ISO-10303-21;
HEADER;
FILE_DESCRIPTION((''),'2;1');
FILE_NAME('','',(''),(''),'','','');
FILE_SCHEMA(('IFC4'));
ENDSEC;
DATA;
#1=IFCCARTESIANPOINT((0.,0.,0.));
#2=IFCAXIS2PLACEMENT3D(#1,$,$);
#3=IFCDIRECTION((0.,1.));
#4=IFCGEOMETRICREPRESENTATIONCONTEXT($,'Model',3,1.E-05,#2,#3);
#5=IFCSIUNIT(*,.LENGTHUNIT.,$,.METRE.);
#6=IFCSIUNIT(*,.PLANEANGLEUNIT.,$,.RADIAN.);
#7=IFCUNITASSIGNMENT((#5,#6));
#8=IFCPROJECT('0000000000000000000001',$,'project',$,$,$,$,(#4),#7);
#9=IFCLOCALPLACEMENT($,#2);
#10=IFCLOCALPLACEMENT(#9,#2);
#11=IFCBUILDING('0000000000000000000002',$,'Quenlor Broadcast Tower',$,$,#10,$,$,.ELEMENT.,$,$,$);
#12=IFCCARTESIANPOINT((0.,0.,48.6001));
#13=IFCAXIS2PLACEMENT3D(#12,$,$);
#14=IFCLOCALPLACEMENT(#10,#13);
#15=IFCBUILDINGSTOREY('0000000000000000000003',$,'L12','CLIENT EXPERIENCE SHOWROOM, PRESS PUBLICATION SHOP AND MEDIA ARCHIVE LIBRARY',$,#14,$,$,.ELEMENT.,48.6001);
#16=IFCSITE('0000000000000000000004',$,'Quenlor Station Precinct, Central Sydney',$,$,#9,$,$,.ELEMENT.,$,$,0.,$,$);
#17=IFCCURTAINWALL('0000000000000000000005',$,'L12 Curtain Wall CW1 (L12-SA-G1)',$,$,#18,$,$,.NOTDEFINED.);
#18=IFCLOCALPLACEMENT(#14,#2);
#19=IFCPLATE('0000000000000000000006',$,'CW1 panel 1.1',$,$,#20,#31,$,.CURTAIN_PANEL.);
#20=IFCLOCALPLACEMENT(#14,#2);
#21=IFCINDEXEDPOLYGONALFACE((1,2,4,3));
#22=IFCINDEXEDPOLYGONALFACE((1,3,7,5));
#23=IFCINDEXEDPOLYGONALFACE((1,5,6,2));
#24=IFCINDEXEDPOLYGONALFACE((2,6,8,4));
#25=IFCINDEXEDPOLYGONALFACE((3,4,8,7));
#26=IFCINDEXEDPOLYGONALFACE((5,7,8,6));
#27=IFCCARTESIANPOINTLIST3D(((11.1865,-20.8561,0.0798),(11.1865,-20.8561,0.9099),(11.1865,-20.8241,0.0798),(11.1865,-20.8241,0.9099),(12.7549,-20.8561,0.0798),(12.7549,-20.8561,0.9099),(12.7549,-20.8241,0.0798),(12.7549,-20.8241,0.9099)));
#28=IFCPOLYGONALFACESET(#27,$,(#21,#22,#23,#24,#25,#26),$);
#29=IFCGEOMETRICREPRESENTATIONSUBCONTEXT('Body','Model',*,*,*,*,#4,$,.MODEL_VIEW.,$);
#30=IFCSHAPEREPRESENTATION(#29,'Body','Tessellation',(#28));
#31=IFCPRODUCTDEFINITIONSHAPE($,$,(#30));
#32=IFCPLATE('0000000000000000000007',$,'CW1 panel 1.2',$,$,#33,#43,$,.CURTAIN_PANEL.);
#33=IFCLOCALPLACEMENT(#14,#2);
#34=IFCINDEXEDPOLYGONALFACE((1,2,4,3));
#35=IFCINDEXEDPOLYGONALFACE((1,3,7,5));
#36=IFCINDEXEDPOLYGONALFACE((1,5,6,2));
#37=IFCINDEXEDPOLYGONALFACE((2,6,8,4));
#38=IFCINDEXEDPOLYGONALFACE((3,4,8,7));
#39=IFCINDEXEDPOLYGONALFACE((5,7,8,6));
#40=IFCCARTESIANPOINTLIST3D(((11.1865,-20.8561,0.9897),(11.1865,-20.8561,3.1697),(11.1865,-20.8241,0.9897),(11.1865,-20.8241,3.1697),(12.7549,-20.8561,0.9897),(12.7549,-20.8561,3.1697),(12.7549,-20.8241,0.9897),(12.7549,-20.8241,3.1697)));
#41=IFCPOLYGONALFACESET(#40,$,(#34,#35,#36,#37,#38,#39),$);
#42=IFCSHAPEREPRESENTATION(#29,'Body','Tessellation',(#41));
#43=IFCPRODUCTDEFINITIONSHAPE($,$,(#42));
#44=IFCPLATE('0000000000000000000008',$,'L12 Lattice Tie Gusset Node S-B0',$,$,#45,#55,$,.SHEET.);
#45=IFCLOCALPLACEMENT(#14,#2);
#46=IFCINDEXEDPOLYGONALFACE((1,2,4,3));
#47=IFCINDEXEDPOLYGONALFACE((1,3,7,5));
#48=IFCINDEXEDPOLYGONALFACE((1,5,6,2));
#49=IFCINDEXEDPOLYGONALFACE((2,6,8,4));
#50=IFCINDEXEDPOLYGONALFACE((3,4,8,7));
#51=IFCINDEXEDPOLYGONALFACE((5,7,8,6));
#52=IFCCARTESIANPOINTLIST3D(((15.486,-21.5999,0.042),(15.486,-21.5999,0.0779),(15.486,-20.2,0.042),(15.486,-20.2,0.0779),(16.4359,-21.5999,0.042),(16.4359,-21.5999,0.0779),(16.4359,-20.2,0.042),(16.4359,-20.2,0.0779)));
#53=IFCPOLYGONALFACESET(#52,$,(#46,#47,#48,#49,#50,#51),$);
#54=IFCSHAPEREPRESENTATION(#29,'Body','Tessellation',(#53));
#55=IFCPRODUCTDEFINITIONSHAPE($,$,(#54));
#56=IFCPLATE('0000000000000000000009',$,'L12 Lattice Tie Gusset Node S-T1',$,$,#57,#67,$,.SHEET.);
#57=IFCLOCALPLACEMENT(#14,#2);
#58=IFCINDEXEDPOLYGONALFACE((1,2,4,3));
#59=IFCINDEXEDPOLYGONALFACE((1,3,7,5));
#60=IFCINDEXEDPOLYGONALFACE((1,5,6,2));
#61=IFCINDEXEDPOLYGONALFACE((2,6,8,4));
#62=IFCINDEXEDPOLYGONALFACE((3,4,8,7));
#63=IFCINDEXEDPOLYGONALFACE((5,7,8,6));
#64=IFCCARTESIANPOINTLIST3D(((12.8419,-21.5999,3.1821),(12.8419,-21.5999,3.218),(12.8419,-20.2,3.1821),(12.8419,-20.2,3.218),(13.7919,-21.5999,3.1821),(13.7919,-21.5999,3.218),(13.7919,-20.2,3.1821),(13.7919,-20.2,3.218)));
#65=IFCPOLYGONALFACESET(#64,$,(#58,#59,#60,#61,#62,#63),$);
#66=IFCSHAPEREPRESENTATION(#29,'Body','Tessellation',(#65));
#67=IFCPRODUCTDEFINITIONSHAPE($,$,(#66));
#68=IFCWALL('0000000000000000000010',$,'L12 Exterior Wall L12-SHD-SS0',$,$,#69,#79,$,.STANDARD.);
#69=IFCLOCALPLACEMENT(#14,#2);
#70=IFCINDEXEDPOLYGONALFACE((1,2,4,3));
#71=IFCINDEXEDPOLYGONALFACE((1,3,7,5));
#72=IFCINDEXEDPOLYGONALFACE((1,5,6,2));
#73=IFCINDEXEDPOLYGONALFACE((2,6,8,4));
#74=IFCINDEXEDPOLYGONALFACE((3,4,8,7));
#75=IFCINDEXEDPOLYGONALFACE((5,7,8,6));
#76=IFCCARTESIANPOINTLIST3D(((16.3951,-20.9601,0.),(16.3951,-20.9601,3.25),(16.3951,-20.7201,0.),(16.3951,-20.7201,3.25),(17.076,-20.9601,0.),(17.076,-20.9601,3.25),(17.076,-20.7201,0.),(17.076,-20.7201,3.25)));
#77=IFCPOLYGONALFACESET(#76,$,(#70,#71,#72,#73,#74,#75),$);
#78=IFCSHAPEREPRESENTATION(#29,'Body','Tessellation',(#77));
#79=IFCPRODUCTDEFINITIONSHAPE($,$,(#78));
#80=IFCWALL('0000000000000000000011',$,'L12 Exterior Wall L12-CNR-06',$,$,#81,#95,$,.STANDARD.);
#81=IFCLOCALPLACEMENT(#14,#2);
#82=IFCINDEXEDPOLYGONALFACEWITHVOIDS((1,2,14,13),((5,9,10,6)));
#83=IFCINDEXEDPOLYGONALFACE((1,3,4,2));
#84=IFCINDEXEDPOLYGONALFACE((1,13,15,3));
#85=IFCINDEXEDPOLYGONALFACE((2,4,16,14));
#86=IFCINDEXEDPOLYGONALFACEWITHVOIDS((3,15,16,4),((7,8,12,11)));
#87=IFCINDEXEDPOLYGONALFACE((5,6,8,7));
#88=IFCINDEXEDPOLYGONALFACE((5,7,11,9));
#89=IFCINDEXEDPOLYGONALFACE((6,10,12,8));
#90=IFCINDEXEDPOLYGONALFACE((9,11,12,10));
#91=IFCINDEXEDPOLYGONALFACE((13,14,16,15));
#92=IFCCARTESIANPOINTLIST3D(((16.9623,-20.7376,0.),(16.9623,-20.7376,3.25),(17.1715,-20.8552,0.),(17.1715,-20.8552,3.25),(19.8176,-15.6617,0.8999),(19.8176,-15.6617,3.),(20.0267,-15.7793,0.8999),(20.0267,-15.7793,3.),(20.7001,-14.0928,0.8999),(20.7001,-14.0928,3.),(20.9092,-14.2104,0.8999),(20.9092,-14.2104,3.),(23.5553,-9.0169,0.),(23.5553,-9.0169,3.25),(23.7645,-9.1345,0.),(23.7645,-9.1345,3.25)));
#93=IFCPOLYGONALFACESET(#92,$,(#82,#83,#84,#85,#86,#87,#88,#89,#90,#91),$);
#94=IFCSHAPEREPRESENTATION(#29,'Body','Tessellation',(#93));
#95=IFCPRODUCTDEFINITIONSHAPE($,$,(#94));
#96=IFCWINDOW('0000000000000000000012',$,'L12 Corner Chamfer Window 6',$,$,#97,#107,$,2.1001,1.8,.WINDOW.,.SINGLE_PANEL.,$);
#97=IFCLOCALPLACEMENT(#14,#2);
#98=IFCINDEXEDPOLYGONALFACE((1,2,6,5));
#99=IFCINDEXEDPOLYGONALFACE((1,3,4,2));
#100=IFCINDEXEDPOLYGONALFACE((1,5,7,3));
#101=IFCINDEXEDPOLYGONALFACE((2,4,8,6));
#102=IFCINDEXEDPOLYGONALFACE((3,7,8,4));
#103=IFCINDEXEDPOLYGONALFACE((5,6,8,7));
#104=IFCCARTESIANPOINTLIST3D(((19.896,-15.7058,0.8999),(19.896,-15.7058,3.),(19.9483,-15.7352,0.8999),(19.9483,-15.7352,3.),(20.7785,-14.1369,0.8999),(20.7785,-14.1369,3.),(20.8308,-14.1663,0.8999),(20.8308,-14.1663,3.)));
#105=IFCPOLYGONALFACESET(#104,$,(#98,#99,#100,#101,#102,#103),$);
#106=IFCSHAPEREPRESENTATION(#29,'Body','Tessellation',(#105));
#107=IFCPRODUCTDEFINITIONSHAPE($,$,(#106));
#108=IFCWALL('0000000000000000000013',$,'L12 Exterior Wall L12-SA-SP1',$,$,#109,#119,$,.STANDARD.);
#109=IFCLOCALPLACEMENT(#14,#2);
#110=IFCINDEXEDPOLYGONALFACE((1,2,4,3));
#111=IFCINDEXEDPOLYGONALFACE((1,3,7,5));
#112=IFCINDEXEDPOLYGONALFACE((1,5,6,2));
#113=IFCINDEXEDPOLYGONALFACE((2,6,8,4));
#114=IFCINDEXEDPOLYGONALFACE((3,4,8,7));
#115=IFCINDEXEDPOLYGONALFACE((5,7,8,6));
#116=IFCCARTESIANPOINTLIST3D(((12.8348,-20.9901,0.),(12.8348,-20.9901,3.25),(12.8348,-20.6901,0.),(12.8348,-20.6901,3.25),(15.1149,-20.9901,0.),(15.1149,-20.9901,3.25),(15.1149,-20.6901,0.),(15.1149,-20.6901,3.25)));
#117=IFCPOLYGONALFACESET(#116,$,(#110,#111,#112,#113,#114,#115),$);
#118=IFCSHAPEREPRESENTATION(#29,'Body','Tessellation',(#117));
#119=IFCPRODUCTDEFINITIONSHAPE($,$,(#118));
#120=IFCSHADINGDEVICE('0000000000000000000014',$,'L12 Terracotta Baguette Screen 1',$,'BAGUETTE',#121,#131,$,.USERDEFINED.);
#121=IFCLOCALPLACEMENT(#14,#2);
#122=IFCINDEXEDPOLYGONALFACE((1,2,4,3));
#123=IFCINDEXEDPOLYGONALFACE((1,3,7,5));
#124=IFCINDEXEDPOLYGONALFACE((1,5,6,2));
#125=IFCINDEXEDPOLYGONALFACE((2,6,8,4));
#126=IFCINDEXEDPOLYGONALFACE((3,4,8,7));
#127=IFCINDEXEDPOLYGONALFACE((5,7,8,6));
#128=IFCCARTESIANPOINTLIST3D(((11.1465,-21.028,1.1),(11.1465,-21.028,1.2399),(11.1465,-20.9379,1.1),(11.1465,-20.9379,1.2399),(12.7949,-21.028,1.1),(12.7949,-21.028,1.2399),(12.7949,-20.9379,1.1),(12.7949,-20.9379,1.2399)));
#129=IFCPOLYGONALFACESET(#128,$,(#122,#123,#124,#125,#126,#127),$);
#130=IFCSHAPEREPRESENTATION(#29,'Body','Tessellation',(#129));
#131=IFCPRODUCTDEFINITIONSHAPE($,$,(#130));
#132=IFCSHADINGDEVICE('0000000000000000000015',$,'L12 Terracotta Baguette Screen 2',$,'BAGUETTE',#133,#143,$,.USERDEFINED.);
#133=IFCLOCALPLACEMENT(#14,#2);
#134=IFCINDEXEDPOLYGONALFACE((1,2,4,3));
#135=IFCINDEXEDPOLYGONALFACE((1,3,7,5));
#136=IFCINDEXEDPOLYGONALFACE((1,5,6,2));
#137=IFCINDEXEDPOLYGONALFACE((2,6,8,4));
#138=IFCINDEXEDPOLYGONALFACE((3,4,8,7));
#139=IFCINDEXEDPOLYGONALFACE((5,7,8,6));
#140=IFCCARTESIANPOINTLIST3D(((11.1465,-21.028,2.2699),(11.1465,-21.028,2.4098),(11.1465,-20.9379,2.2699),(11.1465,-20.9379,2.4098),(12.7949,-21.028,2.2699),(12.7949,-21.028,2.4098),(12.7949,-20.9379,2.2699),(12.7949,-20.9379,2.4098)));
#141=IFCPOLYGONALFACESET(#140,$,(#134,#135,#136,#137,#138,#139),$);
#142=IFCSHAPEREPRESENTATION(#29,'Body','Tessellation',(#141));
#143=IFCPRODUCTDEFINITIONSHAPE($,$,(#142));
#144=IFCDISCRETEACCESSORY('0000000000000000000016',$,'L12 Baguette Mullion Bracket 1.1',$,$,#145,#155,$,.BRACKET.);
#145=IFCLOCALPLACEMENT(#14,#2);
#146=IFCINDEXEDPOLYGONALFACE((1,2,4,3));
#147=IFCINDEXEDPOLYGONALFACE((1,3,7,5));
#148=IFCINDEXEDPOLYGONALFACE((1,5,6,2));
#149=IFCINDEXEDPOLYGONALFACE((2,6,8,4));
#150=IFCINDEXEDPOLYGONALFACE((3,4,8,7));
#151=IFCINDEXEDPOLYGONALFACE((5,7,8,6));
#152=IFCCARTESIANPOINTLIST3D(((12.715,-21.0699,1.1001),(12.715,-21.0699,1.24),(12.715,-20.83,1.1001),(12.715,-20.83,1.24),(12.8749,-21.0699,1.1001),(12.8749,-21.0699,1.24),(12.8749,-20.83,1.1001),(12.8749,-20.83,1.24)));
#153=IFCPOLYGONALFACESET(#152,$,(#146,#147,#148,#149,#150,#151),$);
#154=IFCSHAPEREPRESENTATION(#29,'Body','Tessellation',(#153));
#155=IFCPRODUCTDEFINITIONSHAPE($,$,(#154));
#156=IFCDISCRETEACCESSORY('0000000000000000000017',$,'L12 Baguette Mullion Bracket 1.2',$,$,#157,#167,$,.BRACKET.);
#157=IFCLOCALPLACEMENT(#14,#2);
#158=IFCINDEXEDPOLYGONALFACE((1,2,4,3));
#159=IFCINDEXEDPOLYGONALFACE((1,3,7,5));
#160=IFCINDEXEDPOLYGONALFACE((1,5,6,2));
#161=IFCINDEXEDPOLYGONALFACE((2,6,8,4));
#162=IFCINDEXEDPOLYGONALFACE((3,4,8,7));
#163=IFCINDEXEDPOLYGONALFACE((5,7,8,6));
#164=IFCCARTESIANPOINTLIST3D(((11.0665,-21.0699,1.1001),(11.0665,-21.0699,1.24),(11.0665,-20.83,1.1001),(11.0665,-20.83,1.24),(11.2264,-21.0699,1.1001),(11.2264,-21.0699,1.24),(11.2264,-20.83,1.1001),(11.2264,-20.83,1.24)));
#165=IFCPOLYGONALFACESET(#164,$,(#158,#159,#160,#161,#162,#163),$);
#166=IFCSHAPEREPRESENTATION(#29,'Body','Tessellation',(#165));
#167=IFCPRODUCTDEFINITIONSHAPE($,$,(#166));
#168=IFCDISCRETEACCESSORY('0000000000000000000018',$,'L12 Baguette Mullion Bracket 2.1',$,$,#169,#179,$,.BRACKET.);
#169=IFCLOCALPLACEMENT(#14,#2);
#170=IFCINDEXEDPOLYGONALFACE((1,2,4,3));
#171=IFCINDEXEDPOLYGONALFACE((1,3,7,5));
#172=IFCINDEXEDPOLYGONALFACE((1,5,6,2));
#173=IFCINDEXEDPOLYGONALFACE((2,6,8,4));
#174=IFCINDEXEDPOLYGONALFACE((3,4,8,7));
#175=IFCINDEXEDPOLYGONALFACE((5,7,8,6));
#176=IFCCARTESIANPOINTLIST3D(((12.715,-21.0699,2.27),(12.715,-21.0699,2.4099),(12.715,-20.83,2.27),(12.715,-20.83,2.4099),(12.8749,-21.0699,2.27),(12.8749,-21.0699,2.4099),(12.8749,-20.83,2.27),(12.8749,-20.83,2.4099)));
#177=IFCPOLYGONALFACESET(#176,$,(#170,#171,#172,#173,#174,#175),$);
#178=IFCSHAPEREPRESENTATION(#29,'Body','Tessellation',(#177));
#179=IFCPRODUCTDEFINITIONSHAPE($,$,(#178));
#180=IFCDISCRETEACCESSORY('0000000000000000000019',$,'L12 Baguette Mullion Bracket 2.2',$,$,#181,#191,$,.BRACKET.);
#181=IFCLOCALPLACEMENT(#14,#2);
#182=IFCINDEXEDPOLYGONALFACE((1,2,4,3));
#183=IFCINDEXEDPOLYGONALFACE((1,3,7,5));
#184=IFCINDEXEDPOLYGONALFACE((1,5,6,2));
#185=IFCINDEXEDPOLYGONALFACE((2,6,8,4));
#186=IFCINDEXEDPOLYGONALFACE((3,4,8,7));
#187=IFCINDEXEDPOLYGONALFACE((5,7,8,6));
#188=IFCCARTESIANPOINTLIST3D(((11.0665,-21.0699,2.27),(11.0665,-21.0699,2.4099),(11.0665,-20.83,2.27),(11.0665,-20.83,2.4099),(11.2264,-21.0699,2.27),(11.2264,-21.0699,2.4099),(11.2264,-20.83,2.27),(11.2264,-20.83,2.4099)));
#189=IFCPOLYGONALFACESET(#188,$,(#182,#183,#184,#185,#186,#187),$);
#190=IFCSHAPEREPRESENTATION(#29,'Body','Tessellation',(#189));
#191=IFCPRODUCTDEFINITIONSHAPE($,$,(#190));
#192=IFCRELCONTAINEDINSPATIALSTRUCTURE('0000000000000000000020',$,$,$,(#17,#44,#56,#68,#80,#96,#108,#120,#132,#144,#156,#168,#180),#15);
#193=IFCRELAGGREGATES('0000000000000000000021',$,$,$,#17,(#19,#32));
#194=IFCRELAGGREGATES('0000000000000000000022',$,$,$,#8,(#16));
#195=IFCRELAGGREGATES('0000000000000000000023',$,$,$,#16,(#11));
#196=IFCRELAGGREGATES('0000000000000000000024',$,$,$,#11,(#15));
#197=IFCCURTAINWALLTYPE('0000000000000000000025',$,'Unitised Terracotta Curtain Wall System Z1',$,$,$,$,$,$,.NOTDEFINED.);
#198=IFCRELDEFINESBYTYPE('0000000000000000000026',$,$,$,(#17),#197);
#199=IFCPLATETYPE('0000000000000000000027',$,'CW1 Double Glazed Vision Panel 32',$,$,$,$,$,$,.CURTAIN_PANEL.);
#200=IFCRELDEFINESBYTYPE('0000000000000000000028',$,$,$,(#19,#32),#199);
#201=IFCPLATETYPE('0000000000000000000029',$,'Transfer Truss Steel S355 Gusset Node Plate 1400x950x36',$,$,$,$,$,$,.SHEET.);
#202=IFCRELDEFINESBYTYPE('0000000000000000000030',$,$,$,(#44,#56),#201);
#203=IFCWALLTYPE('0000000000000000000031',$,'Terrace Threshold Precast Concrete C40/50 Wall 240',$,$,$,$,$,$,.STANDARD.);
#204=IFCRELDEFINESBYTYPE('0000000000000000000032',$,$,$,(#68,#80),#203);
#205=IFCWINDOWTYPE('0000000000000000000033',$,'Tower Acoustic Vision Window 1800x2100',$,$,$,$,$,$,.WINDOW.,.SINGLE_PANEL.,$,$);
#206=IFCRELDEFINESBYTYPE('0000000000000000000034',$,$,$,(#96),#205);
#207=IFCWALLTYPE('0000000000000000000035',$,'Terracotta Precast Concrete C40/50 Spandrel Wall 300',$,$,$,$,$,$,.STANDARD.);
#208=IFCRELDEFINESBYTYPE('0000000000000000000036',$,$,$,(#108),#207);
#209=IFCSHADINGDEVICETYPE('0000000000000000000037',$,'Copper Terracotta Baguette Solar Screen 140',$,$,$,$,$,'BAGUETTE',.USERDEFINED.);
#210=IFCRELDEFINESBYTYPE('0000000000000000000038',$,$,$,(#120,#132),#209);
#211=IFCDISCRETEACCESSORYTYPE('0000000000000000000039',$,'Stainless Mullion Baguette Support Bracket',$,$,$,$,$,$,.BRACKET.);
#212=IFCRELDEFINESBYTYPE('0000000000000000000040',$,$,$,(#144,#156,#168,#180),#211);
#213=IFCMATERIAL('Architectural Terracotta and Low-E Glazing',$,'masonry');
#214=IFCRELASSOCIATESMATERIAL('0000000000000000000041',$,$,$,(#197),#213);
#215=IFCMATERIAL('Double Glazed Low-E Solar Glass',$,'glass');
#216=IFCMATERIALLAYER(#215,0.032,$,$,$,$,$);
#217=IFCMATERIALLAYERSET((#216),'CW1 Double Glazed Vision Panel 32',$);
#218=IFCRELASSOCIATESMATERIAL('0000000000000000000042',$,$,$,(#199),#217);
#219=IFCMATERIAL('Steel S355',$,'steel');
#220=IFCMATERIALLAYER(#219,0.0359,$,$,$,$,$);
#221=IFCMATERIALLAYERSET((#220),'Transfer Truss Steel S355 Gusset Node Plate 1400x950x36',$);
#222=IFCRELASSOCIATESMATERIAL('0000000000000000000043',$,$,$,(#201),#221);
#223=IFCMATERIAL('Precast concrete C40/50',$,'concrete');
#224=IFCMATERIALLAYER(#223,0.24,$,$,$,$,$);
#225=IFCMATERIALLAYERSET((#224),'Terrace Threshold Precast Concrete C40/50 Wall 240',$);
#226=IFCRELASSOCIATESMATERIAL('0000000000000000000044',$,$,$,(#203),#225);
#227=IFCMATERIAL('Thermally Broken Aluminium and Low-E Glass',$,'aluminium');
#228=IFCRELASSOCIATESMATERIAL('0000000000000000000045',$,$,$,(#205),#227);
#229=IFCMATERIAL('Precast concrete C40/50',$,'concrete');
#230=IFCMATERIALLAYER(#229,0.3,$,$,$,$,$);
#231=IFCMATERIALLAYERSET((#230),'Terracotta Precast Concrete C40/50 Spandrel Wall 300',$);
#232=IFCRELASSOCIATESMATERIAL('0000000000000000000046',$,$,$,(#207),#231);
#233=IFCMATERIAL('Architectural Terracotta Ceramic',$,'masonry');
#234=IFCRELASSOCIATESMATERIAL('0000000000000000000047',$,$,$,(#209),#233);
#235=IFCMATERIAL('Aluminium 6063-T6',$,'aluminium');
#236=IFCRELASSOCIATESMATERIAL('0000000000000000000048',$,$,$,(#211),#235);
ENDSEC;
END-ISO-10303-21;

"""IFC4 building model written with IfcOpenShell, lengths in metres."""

from ifc_helpers import new_model, si_unit, direction, frame, frame_2d, origin, origin_2d, place, context, subcontext, project, spatial, rectangle, extrude, material, layer, layer_set, material_profile, profile_set, type_object, element, fill, aggregate, save


model = new_model("IFC4")

# Units and contexts
model_context = context("Model", 3, precision=1e-05, world=origin(), true_north=direction((0.0, 1.0)))
body_context = subcontext(model_context, "Body", "Model", "MODEL_VIEW")
ifc_project = project(units=[si_unit("LENGTHUNIT", "METRE"), si_unit("PLANEANGLEUNIT", "RADIAN")], contexts=[model_context])

# Site, building, storey
site_placement = place(None, origin())
site = spatial("IfcSite", under=ifc_project, at=site_placement, Name="Quenlor Station Precinct, Central Sydney", CompositionType="ELEMENT", RefElevation=0.0)
building_placement = place(site_placement, origin())
building = spatial("IfcBuilding", under=site, at=building_placement, Name="Quenlor Broadcast Tower", CompositionType="ELEMENT")
storey_placement = place(building_placement, frame((0.0, 0.0, 48.6001)))
storey = spatial("IfcBuildingStorey", under=building, at=storey_placement, Name="L12", Description="CLIENT EXPERIENCE SHOWROOM, PRESS PUBLICATION SHOP AND MEDIA ARCHIVE LIBRARY", CompositionType="ELEMENT", Elevation=48.6001)

# Curtain wall
ifc_material_1 = material(Name="Architectural Terracotta and Low-E Glazing", Category="masonry")
curtain_wall_type = type_object("IfcCurtainWallType", Name="Unitised Terracotta Curtain Wall System Z1", PredefinedType="NOTDEFINED", material=ifc_material_1)
curtain_wall_placement = place(storey_placement, origin())
curtain_wall = element("IfcCurtainWall", 1, at=curtain_wall_placement, inside=storey, type_object=curtain_wall_type, Name="L12 Curtain Wall CW1 (L12-SA-G1)", PredefinedType="NOTDEFINED")

# Plates
ifc_material_2 = material(Name="Double Glazed Low-E Solar Glass", Category="glass")
ifc_layer_1 = layer(ifc_material_2, 0.032)
ifc_layer_set_1 = layer_set([ifc_layer_1], Name="CW1 Double Glazed Vision Panel 32")
plate_type_1 = type_object("IfcPlateType", Name="CW1 Double Glazed Vision Panel 32", PredefinedType="CURTAIN_PANEL", material=ifc_layer_set_1)
plate_1_placement = place(storey_placement, frame((11.9707, -20.8401, 0.0798), z_axis=(0.0, 0.0, 1.0), x_axis=(-1.0, 0.0, 0.0)))
plate_1 = element("IfcPlate", 2, at=plate_1_placement, type_object=plate_type_1, Name="CW1 panel 1.1", PredefinedType="CURTAIN_PANEL", context=body_context, shape_type="SweptSolid", body=[
    extrude(rectangle(XDim=1.5684, YDim=0.032, at=origin_2d()), origin(), (0.0, 0.0, 1.0), 0.8301),
])
plate_2_placement = place(storey_placement, frame((11.9707, -20.8401, 0.9897), z_axis=(0.0, 0.0, 1.0), x_axis=(-1.0, 0.0, 0.0)))
plate_2 = element("IfcPlate", 3, at=plate_2_placement, type_object=plate_type_1, Name="CW1 panel 1.2", PredefinedType="CURTAIN_PANEL", context=body_context, shape_type="SweptSolid", body=[
    extrude(rectangle(XDim=1.5684, YDim=0.032, at=origin_2d()), origin(), (0.0, 0.0, 1.0), 2.1799),
])
aggregate(curtain_wall, [plate_1, plate_2])

# Plates
ifc_material_3 = material(Name="Steel S355", Category="steel")
ifc_layer_2 = layer(ifc_material_3, 0.0359)
ifc_layer_set_2 = layer_set([ifc_layer_2], Name="Transfer Truss Steel S355 Gusset Node Plate 1400x950x36")
plate_type_2 = type_object("IfcPlateType", Name="Transfer Truss Steel S355 Gusset Node Plate 1400x950x36", PredefinedType="SHEET", material=ifc_layer_set_2)
for number, where, z_axis, x_axis, name in (
    (4, (15.9609, -20.8999, 0.042), (0.0, 0.0, 1.0), (0.0, -1.0, 0.0), "L12 Lattice Tie Gusset Node S-B0"),
    (5, (13.3169, -20.8999, 3.1821), (0.0, 0.0, 1.0), (0.0, -1.0, 0.0), "L12 Lattice Tie Gusset Node S-T1"),
):
    element("IfcPlate", number, at=place(storey_placement, frame(where, z_axis=z_axis, x_axis=x_axis)), inside=storey, type_object=plate_type_2, Name=name, PredefinedType="SHEET", context=body_context, shape_type="SweptSolid", body=[
        extrude(rectangle(XDim=1.3999, YDim=0.95, at=origin_2d()), origin(), (0.0, 0.0, 1.0), 0.0359),
    ])

# Wall
ifc_material_4 = material(Name="Precast concrete C40/50", Category="concrete")
ifc_layer_3 = layer(ifc_material_4, 0.24)
ifc_layer_set_3 = layer_set([ifc_layer_3], Name="Terrace Threshold Precast Concrete C40/50 Wall 240")
wall_type_1 = type_object("IfcWallType", Name="Terrace Threshold Precast Concrete C40/50 Wall 240", PredefinedType="STANDARD", material=ifc_layer_set_3)
wall_1_placement = place(storey_placement, frame((17.0759, -20.8401, 0.0), z_axis=(0.0, 0.0, 1.0), x_axis=(-1.0, 0.0, 0.0)))
element("IfcWall", 6, at=wall_1_placement, inside=storey, type_object=wall_type_1, Name="L12 Exterior Wall L12-SHD-SS0", PredefinedType="STANDARD", context=body_context, shape_type="SweptSolid", body=[
    extrude(rectangle(XDim=0.6809, YDim=0.24, at=frame_2d((0.3403, 0.0))), origin(), (0.0, 0.0, 1.0), 3.25),
])

# Wall, opening, window
wall_2_placement = place(storey_placement, frame((17.0669, -20.7964, 0.0), z_axis=(0.0, 0.0, 1.0), x_axis=(0.490268, 0.871572, 0.0)))
wall_2 = element("IfcWall", 7, at=wall_2_placement, inside=storey, type_object=wall_type_1, Name="L12 Exterior Wall L12-CNR-06", PredefinedType="STANDARD", context=body_context, shape_type="SweptSolid", body=[
    extrude(rectangle(XDim=13.4478, YDim=0.24, at=frame_2d((6.7239, 0.0))), origin(), (0.0, 0.0, 1.0), 3.25),
])
opening_placement = place(wall_2_placement, frame((5.824, 0.0, 0.8999)))
opening = element("IfcOpeningElement", 8, at=opening_placement, cuts=wall_2, PredefinedType="OPENING", context=body_context, shape_type="SweptSolid", body=[
    extrude(rectangle(XDim=1.8, YDim=2.1001, at=frame_2d((0.8999, 1.05))), frame((0.0, 0.1299, 0.0), z_axis=(0.0, -1.0, 0.0), x_axis=(1.0, 0.0, 0.0)), (0.0, 0.0, 1.0), 0.26),
])
ifc_material_5 = material(Name="Thermally Broken Aluminium and Low-E Glass", Category="aluminium")
window_type = type_object("IfcWindowType", Name="Tower Acoustic Vision Window 1800x2100", PartitioningType="SINGLE_PANEL", PredefinedType="WINDOW", material=ifc_material_5)
window_placement = place(opening_placement, origin())
window = element("IfcWindow", 9, at=window_placement, inside=storey, type_object=window_type, Name="L12 Corner Chamfer Window 6", OverallHeight=2.1001, OverallWidth=1.8, PartitioningType="SINGLE_PANEL", PredefinedType="WINDOW", context=body_context, shape_type="SweptSolid", body=[
    extrude(rectangle(XDim=1.8, YDim=2.1001, at=frame_2d((0.8999, 1.05))), frame((0.0, 0.03, 0.0), z_axis=(0.0, -1.0, 0.0), x_axis=(1.0, 0.0, 0.0)), (0.0, 0.0, 1.0), 0.0601),
])
fill(opening, window)

# Wall
ifc_material_6 = material(Name="Precast concrete C40/50", Category="concrete")
ifc_layer_4 = layer(ifc_material_6, 0.3)
ifc_layer_set_4 = layer_set([ifc_layer_4], Name="Terracotta Precast Concrete C40/50 Spandrel Wall 300")
wall_type_2 = type_object("IfcWallType", Name="Terracotta Precast Concrete C40/50 Spandrel Wall 300", PredefinedType="STANDARD", material=ifc_layer_set_4)
wall_3_placement = place(storey_placement, frame((15.115, -20.8401, 0.0), z_axis=(0.0, 0.0, 1.0), x_axis=(-1.0, 0.0, 0.0)))
element("IfcWall", 10, at=wall_3_placement, inside=storey, type_object=wall_type_2, Name="L12 Exterior Wall L12-SA-SP1", PredefinedType="STANDARD", context=body_context, shape_type="SweptSolid", body=[
    extrude(rectangle(XDim=2.28, YDim=0.3, at=frame_2d((1.1401, 0.0))), origin(), (0.0, 0.0, 1.0), 3.25),
])

# Shading devices
ifc_material_7 = material(Name="Architectural Terracotta Ceramic", Category="masonry")
ifc_material_profile_1 = material_profile(ifc_material_7, rectangle(XDim=0.0901, YDim=0.1399, at=origin_2d()))
ifc_profile_set_1 = profile_set([ifc_material_profile_1], Name="Architectural Terracotta Ceramic BAG90x140")
shading_device_type = type_object("IfcShadingDeviceType", Name="Copper Terracotta Baguette Solar Screen 140", ElementType="BAGUETTE", PredefinedType="USERDEFINED", material=ifc_profile_set_1)
for number, where, z_axis, x_axis, name in (
    (11, (12.7949, -20.9829, 1.1699), (-1.0, 0.0, 0.0), (0.0, -1.0, 0.0), "L12 Terracotta Baguette Screen 1"),
    (12, (12.7949, -20.9829, 2.3398), (-1.0, 0.0, 0.0), (0.0, -1.0, 0.0), "L12 Terracotta Baguette Screen 2"),
):
    element("IfcShadingDevice", number, at=place(storey_placement, frame(where, z_axis=z_axis, x_axis=x_axis)), inside=storey, type_object=shading_device_type, Name=name, ObjectType="BAGUETTE", PredefinedType="USERDEFINED", context=body_context, shape_type="SweptSolid", body=[
        extrude(rectangle(XDim=0.0901, YDim=0.1399, at=origin_2d()), origin(), (0.0, 0.0, 1.0), 1.6484),
    ])

# Discrete accessories
ifc_material_8 = material(Name="Aluminium 6063-T6", Category="aluminium")
discrete_accessory_type = type_object("IfcDiscreteAccessoryType", Name="Stainless Mullion Baguette Support Bracket", PredefinedType="BRACKET", material=ifc_material_8)
for number, where, z_axis, x_axis, name in (
    (13, (12.7949, -20.95, 1.1001), (0.0, 0.0, 1.0), (-1.0, 0.0, 0.0), "L12 Baguette Mullion Bracket 1.1"),
    (14, (11.1465, -20.95, 1.1001), (0.0, 0.0, 1.0), (-1.0, 0.0, 0.0), "L12 Baguette Mullion Bracket 1.2"),
    (15, (12.7949, -20.95, 2.27), (0.0, 0.0, 1.0), (-1.0, 0.0, 0.0), "L12 Baguette Mullion Bracket 2.1"),
    (16, (11.1465, -20.95, 2.27), (0.0, 0.0, 1.0), (-1.0, 0.0, 0.0), "L12 Baguette Mullion Bracket 2.2"),
):
    element("IfcDiscreteAccessory", number, at=place(storey_placement, frame(where, z_axis=z_axis, x_axis=x_axis)), inside=storey, type_object=discrete_accessory_type, Name=name, PredefinedType="BRACKET", context=body_context, shape_type="SweptSolid", body=[
        extrude(rectangle(XDim=0.1599, YDim=0.24, at=origin_2d()), origin(), (0.0, 0.0, 1.0), 0.1399),
    ])

save(model, "model.ifc")
